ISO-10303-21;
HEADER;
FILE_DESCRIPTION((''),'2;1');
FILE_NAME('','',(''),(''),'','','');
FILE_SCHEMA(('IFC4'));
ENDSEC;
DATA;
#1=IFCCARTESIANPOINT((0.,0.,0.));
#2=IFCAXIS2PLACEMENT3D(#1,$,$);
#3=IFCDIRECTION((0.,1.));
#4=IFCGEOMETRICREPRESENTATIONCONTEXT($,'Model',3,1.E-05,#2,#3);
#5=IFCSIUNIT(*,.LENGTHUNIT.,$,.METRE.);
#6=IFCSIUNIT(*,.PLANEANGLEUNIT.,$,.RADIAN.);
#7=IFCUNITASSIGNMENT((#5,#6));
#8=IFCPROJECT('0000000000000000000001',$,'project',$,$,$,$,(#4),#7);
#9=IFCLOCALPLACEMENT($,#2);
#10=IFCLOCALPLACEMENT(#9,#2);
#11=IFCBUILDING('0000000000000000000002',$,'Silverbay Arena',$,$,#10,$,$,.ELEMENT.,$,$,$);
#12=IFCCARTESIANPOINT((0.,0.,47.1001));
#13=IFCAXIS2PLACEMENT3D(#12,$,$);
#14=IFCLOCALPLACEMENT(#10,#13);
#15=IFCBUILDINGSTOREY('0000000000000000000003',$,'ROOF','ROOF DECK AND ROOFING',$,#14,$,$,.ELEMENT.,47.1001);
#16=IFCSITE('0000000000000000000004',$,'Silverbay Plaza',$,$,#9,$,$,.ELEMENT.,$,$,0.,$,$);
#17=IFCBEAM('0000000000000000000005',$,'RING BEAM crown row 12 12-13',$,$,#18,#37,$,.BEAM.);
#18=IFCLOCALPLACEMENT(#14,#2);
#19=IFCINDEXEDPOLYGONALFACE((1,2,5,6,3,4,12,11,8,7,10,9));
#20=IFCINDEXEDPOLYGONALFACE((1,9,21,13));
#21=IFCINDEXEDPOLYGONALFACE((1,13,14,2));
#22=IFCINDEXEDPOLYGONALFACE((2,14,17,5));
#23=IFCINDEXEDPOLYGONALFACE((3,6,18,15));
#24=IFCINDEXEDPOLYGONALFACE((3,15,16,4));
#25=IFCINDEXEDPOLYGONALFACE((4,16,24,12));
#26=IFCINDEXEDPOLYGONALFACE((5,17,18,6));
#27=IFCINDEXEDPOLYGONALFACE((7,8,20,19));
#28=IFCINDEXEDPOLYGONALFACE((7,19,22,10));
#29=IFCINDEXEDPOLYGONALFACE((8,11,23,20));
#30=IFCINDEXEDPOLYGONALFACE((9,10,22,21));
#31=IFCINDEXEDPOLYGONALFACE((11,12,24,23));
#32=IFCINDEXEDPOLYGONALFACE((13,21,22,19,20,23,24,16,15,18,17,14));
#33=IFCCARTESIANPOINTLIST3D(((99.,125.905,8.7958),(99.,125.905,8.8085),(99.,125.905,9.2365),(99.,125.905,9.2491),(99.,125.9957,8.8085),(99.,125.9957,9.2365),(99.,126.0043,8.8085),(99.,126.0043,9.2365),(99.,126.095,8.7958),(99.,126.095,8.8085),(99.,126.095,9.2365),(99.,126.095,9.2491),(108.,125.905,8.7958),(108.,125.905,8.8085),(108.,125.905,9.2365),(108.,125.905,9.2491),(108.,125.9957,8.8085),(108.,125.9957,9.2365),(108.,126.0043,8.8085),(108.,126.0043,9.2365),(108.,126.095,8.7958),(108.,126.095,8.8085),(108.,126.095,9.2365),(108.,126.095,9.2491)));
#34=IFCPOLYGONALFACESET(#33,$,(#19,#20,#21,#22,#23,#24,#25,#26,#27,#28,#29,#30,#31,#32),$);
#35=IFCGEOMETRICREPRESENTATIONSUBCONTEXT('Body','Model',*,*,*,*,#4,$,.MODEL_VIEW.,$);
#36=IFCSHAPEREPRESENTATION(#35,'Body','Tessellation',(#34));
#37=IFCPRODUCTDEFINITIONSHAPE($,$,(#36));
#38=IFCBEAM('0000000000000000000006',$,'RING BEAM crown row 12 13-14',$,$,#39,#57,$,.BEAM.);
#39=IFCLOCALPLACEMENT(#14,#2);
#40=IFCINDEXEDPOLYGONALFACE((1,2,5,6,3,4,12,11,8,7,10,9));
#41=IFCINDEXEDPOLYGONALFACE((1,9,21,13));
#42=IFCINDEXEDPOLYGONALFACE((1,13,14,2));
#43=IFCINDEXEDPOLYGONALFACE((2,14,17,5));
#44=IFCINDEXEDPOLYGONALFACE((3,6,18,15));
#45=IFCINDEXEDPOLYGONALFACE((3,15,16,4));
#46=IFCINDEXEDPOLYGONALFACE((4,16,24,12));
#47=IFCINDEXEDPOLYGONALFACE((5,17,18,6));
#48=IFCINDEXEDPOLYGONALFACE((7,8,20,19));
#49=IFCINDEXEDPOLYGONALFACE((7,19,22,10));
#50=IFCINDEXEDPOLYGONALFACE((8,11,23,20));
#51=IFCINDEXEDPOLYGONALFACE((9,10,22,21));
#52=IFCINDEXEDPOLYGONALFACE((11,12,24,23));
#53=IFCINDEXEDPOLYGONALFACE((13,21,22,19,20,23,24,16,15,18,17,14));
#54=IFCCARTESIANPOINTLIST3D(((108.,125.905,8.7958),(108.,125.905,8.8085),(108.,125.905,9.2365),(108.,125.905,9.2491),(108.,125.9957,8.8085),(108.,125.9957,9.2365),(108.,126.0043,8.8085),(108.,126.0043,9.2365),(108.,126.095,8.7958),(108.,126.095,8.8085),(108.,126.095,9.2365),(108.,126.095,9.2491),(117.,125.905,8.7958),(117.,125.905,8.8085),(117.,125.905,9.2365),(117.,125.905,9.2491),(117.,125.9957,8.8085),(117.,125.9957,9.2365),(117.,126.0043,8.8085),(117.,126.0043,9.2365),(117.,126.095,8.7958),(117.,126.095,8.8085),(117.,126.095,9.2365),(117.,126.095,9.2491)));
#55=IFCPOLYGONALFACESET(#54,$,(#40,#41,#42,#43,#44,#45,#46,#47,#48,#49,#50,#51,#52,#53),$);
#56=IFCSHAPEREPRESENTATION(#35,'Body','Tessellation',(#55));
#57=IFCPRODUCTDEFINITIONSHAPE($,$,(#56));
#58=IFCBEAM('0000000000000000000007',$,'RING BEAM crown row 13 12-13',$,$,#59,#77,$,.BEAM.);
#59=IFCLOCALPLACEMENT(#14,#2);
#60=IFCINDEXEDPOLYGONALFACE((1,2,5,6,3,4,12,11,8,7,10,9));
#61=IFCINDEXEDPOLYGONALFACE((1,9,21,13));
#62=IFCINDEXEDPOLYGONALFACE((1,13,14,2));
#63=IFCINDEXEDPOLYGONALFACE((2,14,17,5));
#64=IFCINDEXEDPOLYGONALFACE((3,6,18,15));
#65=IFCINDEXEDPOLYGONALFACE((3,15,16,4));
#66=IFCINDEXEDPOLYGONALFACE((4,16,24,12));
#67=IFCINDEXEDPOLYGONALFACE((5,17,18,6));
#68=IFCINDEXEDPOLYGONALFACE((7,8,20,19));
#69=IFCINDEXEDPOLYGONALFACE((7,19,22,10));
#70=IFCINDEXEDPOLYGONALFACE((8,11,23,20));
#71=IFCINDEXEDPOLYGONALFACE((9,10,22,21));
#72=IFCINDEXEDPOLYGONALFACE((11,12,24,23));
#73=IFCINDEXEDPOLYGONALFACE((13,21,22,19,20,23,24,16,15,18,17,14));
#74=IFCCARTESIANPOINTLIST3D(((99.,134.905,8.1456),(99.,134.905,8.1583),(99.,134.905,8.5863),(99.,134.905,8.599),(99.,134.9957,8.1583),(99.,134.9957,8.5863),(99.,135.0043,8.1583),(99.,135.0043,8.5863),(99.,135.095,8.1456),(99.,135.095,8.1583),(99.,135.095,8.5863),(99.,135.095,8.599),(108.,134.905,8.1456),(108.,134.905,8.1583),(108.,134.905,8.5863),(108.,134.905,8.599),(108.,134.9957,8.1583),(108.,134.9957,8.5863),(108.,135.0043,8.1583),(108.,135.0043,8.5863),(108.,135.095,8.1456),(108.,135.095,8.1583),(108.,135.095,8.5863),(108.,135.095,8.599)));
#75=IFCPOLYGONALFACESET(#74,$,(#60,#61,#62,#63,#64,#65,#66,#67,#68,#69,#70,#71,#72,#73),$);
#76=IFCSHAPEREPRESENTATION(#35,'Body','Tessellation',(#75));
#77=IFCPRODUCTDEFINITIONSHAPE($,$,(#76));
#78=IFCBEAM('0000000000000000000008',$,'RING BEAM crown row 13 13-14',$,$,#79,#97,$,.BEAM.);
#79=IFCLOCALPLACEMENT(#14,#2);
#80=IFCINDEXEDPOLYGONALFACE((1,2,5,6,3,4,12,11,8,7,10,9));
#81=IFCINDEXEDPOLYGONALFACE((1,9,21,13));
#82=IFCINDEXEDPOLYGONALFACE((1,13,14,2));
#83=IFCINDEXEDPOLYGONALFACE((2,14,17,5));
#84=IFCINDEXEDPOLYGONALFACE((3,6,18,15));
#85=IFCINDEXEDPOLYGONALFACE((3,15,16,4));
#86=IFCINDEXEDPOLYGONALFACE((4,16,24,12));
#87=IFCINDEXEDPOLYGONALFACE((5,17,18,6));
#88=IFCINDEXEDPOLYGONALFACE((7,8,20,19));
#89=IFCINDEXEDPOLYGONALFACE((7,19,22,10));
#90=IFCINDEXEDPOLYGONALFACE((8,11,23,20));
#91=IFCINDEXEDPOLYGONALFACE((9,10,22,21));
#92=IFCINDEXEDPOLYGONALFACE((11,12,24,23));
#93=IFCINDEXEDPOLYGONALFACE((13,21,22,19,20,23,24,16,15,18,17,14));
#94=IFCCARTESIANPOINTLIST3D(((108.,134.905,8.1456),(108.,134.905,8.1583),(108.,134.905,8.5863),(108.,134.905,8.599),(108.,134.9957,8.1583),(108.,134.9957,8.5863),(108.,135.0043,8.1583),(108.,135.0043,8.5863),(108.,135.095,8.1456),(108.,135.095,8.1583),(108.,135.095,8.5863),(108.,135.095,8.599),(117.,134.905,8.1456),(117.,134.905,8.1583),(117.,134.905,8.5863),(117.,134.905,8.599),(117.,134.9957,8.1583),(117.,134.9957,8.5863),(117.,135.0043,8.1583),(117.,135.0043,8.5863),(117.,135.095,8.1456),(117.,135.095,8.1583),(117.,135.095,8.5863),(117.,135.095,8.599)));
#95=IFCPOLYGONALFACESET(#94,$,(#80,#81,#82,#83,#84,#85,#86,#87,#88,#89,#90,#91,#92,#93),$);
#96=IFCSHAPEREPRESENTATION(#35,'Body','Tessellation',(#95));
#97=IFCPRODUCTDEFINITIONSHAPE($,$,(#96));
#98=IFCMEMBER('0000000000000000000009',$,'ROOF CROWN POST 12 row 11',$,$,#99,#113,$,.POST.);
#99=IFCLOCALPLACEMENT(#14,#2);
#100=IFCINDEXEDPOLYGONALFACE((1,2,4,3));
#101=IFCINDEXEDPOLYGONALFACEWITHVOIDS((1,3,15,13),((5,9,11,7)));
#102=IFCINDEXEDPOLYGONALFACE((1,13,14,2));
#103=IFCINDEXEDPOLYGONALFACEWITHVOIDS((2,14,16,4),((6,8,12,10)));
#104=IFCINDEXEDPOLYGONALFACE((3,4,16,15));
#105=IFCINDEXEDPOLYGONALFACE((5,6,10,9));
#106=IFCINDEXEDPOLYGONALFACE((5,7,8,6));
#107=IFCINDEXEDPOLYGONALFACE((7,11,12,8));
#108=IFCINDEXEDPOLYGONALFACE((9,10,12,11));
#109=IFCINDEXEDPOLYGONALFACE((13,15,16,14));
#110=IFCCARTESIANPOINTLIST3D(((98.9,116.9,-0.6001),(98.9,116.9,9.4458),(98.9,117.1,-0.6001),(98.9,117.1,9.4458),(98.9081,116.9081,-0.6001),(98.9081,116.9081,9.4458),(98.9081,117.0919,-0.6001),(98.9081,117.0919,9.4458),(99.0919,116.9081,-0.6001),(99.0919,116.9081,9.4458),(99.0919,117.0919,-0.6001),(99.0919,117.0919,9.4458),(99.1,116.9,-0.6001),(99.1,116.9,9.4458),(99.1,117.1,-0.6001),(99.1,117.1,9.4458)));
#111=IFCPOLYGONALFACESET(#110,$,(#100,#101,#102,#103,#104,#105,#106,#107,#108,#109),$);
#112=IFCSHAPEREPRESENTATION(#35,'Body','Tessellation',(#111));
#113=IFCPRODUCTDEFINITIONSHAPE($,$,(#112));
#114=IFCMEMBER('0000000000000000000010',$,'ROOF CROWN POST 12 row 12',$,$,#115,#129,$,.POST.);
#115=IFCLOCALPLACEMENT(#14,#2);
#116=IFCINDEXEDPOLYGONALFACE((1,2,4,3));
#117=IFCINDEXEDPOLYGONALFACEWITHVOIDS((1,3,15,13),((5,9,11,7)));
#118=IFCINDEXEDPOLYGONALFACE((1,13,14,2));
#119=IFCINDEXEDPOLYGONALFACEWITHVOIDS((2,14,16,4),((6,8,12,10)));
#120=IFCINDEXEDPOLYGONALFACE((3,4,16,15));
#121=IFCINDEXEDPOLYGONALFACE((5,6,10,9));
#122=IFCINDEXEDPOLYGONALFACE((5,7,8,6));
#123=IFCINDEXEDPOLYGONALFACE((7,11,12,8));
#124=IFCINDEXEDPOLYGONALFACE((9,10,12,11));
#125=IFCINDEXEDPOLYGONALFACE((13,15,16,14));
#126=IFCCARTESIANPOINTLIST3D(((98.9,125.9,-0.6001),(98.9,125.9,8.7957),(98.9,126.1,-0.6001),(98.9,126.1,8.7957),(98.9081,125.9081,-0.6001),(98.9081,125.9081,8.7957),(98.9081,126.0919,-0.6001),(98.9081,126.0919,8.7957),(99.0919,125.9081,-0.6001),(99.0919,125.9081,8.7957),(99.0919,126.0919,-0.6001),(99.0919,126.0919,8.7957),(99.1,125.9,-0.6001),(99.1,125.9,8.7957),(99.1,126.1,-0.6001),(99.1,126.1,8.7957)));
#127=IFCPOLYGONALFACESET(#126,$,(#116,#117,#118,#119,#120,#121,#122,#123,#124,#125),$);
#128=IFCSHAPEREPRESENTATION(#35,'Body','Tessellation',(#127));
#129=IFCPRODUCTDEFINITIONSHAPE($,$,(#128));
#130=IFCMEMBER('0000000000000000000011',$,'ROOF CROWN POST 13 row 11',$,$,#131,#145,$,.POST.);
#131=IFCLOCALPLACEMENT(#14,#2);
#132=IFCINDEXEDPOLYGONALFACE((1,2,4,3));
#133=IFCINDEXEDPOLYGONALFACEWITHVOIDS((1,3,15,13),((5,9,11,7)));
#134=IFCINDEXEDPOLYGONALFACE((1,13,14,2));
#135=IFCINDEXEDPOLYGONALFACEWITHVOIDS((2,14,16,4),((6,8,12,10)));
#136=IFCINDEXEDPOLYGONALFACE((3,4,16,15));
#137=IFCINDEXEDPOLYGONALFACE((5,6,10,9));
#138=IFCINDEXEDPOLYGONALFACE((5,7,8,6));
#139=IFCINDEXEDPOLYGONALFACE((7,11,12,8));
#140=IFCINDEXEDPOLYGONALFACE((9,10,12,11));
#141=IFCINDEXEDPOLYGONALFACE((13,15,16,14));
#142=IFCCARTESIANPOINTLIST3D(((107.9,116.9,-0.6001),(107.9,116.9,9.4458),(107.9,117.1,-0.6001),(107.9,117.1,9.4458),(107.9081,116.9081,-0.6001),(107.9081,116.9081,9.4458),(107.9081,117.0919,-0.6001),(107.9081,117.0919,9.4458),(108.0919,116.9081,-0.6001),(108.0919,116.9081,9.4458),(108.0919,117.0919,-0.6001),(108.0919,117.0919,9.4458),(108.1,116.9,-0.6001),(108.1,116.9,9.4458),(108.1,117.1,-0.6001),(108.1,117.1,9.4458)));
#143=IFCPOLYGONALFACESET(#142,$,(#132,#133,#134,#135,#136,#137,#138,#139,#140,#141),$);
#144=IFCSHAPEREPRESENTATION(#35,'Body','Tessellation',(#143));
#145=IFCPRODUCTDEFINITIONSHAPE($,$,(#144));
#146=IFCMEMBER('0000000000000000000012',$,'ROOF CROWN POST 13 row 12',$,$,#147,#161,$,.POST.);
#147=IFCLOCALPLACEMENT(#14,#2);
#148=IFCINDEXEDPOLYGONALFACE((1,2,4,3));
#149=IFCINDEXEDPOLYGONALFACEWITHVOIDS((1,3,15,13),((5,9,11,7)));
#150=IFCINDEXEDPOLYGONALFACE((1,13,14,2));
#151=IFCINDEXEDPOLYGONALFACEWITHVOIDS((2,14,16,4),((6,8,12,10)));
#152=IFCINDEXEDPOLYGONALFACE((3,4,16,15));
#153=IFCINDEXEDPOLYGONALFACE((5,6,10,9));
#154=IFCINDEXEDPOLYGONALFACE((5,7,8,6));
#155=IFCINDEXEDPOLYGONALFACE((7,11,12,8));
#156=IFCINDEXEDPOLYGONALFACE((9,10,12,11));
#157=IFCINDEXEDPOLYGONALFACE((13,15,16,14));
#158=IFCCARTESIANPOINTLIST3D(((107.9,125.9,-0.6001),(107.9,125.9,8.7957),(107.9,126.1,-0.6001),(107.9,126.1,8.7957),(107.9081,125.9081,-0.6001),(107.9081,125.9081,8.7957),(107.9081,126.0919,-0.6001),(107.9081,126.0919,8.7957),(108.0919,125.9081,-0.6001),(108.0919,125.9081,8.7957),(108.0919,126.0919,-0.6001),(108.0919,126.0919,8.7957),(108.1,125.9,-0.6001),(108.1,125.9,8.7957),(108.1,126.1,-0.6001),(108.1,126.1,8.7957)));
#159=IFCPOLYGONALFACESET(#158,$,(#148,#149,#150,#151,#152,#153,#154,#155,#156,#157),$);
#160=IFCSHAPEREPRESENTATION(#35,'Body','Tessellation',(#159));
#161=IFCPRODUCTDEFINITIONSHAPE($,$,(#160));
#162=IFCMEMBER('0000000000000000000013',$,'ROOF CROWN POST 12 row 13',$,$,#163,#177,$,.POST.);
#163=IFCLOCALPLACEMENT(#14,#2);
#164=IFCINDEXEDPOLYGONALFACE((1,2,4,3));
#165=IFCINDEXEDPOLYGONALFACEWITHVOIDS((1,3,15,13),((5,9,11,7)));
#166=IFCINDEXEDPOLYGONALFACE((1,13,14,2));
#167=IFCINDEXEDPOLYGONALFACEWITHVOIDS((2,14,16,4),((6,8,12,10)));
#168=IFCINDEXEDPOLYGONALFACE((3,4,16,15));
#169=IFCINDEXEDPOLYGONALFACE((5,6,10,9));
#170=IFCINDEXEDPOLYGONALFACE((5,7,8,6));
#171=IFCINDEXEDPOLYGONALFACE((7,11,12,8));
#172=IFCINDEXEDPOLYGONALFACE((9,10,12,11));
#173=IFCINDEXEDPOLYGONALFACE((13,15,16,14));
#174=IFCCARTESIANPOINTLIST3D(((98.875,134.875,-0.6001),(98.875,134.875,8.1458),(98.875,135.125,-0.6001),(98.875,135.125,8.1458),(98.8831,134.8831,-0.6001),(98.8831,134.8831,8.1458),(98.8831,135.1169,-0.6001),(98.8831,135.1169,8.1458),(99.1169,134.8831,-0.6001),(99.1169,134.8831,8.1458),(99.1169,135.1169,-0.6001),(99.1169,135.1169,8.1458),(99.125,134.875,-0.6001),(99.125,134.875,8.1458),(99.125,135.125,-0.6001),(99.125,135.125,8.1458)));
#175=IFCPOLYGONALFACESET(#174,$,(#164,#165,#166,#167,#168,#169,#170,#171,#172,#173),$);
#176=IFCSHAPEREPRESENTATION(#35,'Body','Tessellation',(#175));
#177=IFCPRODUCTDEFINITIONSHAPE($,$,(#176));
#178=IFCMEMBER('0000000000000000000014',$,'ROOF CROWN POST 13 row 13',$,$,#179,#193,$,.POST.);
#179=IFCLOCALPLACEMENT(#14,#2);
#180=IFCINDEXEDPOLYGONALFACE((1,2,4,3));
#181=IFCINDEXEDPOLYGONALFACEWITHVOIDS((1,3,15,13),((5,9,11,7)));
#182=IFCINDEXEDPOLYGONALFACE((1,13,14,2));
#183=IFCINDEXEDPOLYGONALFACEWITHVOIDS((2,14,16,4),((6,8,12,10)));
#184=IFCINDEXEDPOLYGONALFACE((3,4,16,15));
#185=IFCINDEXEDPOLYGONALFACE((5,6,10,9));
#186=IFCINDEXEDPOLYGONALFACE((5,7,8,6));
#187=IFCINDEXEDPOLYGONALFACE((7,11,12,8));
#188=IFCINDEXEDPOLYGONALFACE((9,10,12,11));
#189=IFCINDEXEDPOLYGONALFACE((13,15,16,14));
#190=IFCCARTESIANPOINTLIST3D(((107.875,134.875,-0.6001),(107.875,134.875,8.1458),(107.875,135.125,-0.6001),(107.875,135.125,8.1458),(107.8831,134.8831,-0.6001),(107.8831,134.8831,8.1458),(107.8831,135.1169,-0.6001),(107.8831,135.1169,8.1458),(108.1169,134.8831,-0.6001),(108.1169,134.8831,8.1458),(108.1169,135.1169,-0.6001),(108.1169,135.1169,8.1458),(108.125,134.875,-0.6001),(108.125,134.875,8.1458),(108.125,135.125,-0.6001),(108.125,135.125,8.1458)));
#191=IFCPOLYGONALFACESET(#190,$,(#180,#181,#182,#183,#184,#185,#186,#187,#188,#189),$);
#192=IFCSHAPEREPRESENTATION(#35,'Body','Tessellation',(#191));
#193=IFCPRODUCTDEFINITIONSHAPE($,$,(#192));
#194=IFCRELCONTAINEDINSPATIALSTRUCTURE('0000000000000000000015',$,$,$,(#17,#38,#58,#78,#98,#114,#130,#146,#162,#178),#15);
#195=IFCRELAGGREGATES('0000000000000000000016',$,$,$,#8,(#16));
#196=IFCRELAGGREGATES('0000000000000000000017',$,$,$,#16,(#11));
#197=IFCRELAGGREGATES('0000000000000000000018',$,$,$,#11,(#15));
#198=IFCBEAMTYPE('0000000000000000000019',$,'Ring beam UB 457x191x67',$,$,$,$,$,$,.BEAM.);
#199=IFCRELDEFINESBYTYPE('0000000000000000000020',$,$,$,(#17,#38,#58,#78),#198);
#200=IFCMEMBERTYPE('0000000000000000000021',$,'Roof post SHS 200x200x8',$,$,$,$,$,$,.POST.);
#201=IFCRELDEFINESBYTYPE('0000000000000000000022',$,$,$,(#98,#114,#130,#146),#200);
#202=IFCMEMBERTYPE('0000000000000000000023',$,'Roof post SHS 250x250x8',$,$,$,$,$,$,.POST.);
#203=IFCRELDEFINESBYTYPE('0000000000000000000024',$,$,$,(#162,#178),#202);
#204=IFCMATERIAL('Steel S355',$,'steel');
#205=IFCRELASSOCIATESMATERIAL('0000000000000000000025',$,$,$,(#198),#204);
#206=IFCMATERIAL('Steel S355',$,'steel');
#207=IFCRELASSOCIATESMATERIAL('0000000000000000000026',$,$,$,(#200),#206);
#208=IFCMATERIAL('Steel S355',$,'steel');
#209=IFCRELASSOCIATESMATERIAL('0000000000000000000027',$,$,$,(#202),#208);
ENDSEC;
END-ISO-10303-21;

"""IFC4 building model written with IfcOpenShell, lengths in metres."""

from ifc_helpers import new_model, si_unit, direction, frame, origin, origin_2d, place, context, subcontext, project, spatial, hollow_rectangle, i_section, extrude, material, material_profile, profile_set, type_object, element, save


model = new_model("IFC4")

# Units and contexts
model_context = context("Model", 3, precision=1e-05, world=origin(), true_north=direction((0.0, 1.0)))
body_context = subcontext(model_context, "Body", "Model", "MODEL_VIEW")
ifc_project = project(units=[si_unit("LENGTHUNIT", "METRE"), si_unit("PLANEANGLEUNIT", "RADIAN")], contexts=[model_context])

# Site, building, storey
site_placement = place(None, origin())
site = spatial("IfcSite", under=ifc_project, at=site_placement, Name="Silverbay Plaza", CompositionType="ELEMENT", RefElevation=0.0)
building_placement = place(site_placement, origin())
building = spatial("IfcBuilding", under=site, at=building_placement, Name="Silverbay Arena", CompositionType="ELEMENT")
storey_placement = place(building_placement, frame((0.0, 0.0, 47.1001)))
storey = spatial("IfcBuildingStorey", under=building, at=storey_placement, Name="ROOF", Description="ROOF DECK AND ROOFING", CompositionType="ELEMENT", Elevation=47.1001)

# Beams
ifc_material_1 = material(Name="Steel S355", Category="steel")
ifc_material_profile_1 = material_profile(ifc_material_1, i_section(OverallWidth=0.1899, OverallDepth=0.4534, WebThickness=0.0085, FlangeThickness=0.0127, at=origin_2d()), Name="UB 457x191x67")
ifc_profile_set_1 = profile_set([ifc_material_profile_1], Name="Steel S355")
beam_type = type_object("IfcBeamType", Name="Ring beam UB 457x191x67", PredefinedType="BEAM", material=ifc_profile_set_1)
for number, where, z_axis, x_axis, name in (
    (1, (99.0, 126.0, 9.0225), (1.0, 0.0, 0.0), (0.0, 1.0, 0.0), "RING BEAM crown row 12 12-13"),
    (2, (108.0, 126.0, 9.0225), (1.0, 0.0, 0.0), (0.0, 1.0, 0.0), "RING BEAM crown row 12 13-14"),
    (3, (99.0, 135.0, 8.3723), (1.0, 0.0, 0.0), (0.0, 1.0, 0.0), "RING BEAM crown row 13 12-13"),
    (4, (108.0, 135.0, 8.3723), (1.0, 0.0, 0.0), (0.0, 1.0, 0.0), "RING BEAM crown row 13 13-14"),
):
    element("IfcBeam", number, at=place(storey_placement, frame(where, z_axis=z_axis, x_axis=x_axis)), inside=storey, type_object=beam_type, Name=name, PredefinedType="BEAM", context=body_context, shape_type="SweptSolid", body=[
        extrude(i_section(OverallWidth=0.1899, OverallDepth=0.4534, WebThickness=0.0085, FlangeThickness=0.0127, at=origin_2d()), origin(), (0.0, 0.0, 1.0), 9.0),
    ])

# Members
ifc_material_2 = material(Name="Steel S355", Category="steel")
ifc_material_profile_2 = material_profile(ifc_material_2, hollow_rectangle(XDim=0.2, YDim=0.2, WallThickness=0.0081, at=origin_2d()), Name="SHS 200x200x8")
ifc_profile_set_2 = profile_set([ifc_material_profile_2], Name="Steel S355")
member_type_1 = type_object("IfcMemberType", Name="Roof post SHS 200x200x8", PredefinedType="POST", material=ifc_profile_set_2)
member_1_placement = place(storey_placement, frame((99.0, 117.0, -0.6001), z_axis=(0.0, 0.0, 1.0), x_axis=(1.0, 0.0, 0.0)))
element("IfcMember", 5, at=member_1_placement, inside=storey, type_object=member_type_1, Name="ROOF CROWN POST 12 row 11", PredefinedType="POST", context=body_context, shape_type="SweptSolid", body=[
    extrude(hollow_rectangle(XDim=0.2, YDim=0.2, WallThickness=0.0081, at=origin_2d()), origin(), (0.0, 0.0, 1.0), 10.0459),
])
member_2_placement = place(storey_placement, frame((99.0, 126.0, -0.6001), z_axis=(0.0, 0.0, 1.0), x_axis=(1.0, 0.0, 0.0)))
element("IfcMember", 6, at=member_2_placement, inside=storey, type_object=member_type_1, Name="ROOF CROWN POST 12 row 12", PredefinedType="POST", context=body_context, shape_type="SweptSolid", body=[
    extrude(hollow_rectangle(XDim=0.2, YDim=0.2, WallThickness=0.0081, at=origin_2d()), origin(), (0.0, 0.0, 1.0), 9.3958),
])
member_3_placement = place(storey_placement, frame((108.0, 117.0, -0.6001), z_axis=(0.0, 0.0, 1.0), x_axis=(1.0, 0.0, 0.0)))
element("IfcMember", 7, at=member_3_placement, inside=storey, type_object=member_type_1, Name="ROOF CROWN POST 13 row 11", PredefinedType="POST", context=body_context, shape_type="SweptSolid", body=[
    extrude(hollow_rectangle(XDim=0.2, YDim=0.2, WallThickness=0.0081, at=origin_2d()), origin(), (0.0, 0.0, 1.0), 10.0459),
])
member_4_placement = place(storey_placement, frame((108.0, 126.0, -0.6001), z_axis=(0.0, 0.0, 1.0), x_axis=(1.0, 0.0, 0.0)))
element("IfcMember", 8, at=member_4_placement, inside=storey, type_object=member_type_1, Name="ROOF CROWN POST 13 row 12", PredefinedType="POST", context=body_context, shape_type="SweptSolid", body=[
    extrude(hollow_rectangle(XDim=0.2, YDim=0.2, WallThickness=0.0081, at=origin_2d()), origin(), (0.0, 0.0, 1.0), 9.3958),
])
ifc_material_3 = material(Name="Steel S355", Category="steel")
ifc_material_profile_3 = material_profile(ifc_material_3, hollow_rectangle(XDim=0.25, YDim=0.25, WallThickness=0.0081, at=origin_2d()), Name="SHS 250x250x8")
ifc_profile_set_3 = profile_set([ifc_material_profile_3], Name="Steel S355")
member_type_2 = type_object("IfcMemberType", Name="Roof post SHS 250x250x8", PredefinedType="POST", material=ifc_profile_set_3)
for number, where, z_axis, x_axis, name in (
    (9, (99.0, 135.0, -0.6001), (0.0, 0.0, 1.0), (1.0, 0.0, 0.0), "ROOF CROWN POST 12 row 13"),
    (10, (108.0, 135.0, -0.6001), (0.0, 0.0, 1.0), (1.0, 0.0, 0.0), "ROOF CROWN POST 13 row 13"),
):
    element("IfcMember", number, at=place(storey_placement, frame(where, z_axis=z_axis, x_axis=x_axis)), inside=storey, type_object=member_type_2, Name=name, PredefinedType="POST", context=body_context, shape_type="SweptSolid", body=[
        extrude(hollow_rectangle(XDim=0.25, YDim=0.25, WallThickness=0.0081, at=origin_2d()), origin(), (0.0, 0.0, 1.0), 8.7458),
    ])

save(model, "model.ifc")
